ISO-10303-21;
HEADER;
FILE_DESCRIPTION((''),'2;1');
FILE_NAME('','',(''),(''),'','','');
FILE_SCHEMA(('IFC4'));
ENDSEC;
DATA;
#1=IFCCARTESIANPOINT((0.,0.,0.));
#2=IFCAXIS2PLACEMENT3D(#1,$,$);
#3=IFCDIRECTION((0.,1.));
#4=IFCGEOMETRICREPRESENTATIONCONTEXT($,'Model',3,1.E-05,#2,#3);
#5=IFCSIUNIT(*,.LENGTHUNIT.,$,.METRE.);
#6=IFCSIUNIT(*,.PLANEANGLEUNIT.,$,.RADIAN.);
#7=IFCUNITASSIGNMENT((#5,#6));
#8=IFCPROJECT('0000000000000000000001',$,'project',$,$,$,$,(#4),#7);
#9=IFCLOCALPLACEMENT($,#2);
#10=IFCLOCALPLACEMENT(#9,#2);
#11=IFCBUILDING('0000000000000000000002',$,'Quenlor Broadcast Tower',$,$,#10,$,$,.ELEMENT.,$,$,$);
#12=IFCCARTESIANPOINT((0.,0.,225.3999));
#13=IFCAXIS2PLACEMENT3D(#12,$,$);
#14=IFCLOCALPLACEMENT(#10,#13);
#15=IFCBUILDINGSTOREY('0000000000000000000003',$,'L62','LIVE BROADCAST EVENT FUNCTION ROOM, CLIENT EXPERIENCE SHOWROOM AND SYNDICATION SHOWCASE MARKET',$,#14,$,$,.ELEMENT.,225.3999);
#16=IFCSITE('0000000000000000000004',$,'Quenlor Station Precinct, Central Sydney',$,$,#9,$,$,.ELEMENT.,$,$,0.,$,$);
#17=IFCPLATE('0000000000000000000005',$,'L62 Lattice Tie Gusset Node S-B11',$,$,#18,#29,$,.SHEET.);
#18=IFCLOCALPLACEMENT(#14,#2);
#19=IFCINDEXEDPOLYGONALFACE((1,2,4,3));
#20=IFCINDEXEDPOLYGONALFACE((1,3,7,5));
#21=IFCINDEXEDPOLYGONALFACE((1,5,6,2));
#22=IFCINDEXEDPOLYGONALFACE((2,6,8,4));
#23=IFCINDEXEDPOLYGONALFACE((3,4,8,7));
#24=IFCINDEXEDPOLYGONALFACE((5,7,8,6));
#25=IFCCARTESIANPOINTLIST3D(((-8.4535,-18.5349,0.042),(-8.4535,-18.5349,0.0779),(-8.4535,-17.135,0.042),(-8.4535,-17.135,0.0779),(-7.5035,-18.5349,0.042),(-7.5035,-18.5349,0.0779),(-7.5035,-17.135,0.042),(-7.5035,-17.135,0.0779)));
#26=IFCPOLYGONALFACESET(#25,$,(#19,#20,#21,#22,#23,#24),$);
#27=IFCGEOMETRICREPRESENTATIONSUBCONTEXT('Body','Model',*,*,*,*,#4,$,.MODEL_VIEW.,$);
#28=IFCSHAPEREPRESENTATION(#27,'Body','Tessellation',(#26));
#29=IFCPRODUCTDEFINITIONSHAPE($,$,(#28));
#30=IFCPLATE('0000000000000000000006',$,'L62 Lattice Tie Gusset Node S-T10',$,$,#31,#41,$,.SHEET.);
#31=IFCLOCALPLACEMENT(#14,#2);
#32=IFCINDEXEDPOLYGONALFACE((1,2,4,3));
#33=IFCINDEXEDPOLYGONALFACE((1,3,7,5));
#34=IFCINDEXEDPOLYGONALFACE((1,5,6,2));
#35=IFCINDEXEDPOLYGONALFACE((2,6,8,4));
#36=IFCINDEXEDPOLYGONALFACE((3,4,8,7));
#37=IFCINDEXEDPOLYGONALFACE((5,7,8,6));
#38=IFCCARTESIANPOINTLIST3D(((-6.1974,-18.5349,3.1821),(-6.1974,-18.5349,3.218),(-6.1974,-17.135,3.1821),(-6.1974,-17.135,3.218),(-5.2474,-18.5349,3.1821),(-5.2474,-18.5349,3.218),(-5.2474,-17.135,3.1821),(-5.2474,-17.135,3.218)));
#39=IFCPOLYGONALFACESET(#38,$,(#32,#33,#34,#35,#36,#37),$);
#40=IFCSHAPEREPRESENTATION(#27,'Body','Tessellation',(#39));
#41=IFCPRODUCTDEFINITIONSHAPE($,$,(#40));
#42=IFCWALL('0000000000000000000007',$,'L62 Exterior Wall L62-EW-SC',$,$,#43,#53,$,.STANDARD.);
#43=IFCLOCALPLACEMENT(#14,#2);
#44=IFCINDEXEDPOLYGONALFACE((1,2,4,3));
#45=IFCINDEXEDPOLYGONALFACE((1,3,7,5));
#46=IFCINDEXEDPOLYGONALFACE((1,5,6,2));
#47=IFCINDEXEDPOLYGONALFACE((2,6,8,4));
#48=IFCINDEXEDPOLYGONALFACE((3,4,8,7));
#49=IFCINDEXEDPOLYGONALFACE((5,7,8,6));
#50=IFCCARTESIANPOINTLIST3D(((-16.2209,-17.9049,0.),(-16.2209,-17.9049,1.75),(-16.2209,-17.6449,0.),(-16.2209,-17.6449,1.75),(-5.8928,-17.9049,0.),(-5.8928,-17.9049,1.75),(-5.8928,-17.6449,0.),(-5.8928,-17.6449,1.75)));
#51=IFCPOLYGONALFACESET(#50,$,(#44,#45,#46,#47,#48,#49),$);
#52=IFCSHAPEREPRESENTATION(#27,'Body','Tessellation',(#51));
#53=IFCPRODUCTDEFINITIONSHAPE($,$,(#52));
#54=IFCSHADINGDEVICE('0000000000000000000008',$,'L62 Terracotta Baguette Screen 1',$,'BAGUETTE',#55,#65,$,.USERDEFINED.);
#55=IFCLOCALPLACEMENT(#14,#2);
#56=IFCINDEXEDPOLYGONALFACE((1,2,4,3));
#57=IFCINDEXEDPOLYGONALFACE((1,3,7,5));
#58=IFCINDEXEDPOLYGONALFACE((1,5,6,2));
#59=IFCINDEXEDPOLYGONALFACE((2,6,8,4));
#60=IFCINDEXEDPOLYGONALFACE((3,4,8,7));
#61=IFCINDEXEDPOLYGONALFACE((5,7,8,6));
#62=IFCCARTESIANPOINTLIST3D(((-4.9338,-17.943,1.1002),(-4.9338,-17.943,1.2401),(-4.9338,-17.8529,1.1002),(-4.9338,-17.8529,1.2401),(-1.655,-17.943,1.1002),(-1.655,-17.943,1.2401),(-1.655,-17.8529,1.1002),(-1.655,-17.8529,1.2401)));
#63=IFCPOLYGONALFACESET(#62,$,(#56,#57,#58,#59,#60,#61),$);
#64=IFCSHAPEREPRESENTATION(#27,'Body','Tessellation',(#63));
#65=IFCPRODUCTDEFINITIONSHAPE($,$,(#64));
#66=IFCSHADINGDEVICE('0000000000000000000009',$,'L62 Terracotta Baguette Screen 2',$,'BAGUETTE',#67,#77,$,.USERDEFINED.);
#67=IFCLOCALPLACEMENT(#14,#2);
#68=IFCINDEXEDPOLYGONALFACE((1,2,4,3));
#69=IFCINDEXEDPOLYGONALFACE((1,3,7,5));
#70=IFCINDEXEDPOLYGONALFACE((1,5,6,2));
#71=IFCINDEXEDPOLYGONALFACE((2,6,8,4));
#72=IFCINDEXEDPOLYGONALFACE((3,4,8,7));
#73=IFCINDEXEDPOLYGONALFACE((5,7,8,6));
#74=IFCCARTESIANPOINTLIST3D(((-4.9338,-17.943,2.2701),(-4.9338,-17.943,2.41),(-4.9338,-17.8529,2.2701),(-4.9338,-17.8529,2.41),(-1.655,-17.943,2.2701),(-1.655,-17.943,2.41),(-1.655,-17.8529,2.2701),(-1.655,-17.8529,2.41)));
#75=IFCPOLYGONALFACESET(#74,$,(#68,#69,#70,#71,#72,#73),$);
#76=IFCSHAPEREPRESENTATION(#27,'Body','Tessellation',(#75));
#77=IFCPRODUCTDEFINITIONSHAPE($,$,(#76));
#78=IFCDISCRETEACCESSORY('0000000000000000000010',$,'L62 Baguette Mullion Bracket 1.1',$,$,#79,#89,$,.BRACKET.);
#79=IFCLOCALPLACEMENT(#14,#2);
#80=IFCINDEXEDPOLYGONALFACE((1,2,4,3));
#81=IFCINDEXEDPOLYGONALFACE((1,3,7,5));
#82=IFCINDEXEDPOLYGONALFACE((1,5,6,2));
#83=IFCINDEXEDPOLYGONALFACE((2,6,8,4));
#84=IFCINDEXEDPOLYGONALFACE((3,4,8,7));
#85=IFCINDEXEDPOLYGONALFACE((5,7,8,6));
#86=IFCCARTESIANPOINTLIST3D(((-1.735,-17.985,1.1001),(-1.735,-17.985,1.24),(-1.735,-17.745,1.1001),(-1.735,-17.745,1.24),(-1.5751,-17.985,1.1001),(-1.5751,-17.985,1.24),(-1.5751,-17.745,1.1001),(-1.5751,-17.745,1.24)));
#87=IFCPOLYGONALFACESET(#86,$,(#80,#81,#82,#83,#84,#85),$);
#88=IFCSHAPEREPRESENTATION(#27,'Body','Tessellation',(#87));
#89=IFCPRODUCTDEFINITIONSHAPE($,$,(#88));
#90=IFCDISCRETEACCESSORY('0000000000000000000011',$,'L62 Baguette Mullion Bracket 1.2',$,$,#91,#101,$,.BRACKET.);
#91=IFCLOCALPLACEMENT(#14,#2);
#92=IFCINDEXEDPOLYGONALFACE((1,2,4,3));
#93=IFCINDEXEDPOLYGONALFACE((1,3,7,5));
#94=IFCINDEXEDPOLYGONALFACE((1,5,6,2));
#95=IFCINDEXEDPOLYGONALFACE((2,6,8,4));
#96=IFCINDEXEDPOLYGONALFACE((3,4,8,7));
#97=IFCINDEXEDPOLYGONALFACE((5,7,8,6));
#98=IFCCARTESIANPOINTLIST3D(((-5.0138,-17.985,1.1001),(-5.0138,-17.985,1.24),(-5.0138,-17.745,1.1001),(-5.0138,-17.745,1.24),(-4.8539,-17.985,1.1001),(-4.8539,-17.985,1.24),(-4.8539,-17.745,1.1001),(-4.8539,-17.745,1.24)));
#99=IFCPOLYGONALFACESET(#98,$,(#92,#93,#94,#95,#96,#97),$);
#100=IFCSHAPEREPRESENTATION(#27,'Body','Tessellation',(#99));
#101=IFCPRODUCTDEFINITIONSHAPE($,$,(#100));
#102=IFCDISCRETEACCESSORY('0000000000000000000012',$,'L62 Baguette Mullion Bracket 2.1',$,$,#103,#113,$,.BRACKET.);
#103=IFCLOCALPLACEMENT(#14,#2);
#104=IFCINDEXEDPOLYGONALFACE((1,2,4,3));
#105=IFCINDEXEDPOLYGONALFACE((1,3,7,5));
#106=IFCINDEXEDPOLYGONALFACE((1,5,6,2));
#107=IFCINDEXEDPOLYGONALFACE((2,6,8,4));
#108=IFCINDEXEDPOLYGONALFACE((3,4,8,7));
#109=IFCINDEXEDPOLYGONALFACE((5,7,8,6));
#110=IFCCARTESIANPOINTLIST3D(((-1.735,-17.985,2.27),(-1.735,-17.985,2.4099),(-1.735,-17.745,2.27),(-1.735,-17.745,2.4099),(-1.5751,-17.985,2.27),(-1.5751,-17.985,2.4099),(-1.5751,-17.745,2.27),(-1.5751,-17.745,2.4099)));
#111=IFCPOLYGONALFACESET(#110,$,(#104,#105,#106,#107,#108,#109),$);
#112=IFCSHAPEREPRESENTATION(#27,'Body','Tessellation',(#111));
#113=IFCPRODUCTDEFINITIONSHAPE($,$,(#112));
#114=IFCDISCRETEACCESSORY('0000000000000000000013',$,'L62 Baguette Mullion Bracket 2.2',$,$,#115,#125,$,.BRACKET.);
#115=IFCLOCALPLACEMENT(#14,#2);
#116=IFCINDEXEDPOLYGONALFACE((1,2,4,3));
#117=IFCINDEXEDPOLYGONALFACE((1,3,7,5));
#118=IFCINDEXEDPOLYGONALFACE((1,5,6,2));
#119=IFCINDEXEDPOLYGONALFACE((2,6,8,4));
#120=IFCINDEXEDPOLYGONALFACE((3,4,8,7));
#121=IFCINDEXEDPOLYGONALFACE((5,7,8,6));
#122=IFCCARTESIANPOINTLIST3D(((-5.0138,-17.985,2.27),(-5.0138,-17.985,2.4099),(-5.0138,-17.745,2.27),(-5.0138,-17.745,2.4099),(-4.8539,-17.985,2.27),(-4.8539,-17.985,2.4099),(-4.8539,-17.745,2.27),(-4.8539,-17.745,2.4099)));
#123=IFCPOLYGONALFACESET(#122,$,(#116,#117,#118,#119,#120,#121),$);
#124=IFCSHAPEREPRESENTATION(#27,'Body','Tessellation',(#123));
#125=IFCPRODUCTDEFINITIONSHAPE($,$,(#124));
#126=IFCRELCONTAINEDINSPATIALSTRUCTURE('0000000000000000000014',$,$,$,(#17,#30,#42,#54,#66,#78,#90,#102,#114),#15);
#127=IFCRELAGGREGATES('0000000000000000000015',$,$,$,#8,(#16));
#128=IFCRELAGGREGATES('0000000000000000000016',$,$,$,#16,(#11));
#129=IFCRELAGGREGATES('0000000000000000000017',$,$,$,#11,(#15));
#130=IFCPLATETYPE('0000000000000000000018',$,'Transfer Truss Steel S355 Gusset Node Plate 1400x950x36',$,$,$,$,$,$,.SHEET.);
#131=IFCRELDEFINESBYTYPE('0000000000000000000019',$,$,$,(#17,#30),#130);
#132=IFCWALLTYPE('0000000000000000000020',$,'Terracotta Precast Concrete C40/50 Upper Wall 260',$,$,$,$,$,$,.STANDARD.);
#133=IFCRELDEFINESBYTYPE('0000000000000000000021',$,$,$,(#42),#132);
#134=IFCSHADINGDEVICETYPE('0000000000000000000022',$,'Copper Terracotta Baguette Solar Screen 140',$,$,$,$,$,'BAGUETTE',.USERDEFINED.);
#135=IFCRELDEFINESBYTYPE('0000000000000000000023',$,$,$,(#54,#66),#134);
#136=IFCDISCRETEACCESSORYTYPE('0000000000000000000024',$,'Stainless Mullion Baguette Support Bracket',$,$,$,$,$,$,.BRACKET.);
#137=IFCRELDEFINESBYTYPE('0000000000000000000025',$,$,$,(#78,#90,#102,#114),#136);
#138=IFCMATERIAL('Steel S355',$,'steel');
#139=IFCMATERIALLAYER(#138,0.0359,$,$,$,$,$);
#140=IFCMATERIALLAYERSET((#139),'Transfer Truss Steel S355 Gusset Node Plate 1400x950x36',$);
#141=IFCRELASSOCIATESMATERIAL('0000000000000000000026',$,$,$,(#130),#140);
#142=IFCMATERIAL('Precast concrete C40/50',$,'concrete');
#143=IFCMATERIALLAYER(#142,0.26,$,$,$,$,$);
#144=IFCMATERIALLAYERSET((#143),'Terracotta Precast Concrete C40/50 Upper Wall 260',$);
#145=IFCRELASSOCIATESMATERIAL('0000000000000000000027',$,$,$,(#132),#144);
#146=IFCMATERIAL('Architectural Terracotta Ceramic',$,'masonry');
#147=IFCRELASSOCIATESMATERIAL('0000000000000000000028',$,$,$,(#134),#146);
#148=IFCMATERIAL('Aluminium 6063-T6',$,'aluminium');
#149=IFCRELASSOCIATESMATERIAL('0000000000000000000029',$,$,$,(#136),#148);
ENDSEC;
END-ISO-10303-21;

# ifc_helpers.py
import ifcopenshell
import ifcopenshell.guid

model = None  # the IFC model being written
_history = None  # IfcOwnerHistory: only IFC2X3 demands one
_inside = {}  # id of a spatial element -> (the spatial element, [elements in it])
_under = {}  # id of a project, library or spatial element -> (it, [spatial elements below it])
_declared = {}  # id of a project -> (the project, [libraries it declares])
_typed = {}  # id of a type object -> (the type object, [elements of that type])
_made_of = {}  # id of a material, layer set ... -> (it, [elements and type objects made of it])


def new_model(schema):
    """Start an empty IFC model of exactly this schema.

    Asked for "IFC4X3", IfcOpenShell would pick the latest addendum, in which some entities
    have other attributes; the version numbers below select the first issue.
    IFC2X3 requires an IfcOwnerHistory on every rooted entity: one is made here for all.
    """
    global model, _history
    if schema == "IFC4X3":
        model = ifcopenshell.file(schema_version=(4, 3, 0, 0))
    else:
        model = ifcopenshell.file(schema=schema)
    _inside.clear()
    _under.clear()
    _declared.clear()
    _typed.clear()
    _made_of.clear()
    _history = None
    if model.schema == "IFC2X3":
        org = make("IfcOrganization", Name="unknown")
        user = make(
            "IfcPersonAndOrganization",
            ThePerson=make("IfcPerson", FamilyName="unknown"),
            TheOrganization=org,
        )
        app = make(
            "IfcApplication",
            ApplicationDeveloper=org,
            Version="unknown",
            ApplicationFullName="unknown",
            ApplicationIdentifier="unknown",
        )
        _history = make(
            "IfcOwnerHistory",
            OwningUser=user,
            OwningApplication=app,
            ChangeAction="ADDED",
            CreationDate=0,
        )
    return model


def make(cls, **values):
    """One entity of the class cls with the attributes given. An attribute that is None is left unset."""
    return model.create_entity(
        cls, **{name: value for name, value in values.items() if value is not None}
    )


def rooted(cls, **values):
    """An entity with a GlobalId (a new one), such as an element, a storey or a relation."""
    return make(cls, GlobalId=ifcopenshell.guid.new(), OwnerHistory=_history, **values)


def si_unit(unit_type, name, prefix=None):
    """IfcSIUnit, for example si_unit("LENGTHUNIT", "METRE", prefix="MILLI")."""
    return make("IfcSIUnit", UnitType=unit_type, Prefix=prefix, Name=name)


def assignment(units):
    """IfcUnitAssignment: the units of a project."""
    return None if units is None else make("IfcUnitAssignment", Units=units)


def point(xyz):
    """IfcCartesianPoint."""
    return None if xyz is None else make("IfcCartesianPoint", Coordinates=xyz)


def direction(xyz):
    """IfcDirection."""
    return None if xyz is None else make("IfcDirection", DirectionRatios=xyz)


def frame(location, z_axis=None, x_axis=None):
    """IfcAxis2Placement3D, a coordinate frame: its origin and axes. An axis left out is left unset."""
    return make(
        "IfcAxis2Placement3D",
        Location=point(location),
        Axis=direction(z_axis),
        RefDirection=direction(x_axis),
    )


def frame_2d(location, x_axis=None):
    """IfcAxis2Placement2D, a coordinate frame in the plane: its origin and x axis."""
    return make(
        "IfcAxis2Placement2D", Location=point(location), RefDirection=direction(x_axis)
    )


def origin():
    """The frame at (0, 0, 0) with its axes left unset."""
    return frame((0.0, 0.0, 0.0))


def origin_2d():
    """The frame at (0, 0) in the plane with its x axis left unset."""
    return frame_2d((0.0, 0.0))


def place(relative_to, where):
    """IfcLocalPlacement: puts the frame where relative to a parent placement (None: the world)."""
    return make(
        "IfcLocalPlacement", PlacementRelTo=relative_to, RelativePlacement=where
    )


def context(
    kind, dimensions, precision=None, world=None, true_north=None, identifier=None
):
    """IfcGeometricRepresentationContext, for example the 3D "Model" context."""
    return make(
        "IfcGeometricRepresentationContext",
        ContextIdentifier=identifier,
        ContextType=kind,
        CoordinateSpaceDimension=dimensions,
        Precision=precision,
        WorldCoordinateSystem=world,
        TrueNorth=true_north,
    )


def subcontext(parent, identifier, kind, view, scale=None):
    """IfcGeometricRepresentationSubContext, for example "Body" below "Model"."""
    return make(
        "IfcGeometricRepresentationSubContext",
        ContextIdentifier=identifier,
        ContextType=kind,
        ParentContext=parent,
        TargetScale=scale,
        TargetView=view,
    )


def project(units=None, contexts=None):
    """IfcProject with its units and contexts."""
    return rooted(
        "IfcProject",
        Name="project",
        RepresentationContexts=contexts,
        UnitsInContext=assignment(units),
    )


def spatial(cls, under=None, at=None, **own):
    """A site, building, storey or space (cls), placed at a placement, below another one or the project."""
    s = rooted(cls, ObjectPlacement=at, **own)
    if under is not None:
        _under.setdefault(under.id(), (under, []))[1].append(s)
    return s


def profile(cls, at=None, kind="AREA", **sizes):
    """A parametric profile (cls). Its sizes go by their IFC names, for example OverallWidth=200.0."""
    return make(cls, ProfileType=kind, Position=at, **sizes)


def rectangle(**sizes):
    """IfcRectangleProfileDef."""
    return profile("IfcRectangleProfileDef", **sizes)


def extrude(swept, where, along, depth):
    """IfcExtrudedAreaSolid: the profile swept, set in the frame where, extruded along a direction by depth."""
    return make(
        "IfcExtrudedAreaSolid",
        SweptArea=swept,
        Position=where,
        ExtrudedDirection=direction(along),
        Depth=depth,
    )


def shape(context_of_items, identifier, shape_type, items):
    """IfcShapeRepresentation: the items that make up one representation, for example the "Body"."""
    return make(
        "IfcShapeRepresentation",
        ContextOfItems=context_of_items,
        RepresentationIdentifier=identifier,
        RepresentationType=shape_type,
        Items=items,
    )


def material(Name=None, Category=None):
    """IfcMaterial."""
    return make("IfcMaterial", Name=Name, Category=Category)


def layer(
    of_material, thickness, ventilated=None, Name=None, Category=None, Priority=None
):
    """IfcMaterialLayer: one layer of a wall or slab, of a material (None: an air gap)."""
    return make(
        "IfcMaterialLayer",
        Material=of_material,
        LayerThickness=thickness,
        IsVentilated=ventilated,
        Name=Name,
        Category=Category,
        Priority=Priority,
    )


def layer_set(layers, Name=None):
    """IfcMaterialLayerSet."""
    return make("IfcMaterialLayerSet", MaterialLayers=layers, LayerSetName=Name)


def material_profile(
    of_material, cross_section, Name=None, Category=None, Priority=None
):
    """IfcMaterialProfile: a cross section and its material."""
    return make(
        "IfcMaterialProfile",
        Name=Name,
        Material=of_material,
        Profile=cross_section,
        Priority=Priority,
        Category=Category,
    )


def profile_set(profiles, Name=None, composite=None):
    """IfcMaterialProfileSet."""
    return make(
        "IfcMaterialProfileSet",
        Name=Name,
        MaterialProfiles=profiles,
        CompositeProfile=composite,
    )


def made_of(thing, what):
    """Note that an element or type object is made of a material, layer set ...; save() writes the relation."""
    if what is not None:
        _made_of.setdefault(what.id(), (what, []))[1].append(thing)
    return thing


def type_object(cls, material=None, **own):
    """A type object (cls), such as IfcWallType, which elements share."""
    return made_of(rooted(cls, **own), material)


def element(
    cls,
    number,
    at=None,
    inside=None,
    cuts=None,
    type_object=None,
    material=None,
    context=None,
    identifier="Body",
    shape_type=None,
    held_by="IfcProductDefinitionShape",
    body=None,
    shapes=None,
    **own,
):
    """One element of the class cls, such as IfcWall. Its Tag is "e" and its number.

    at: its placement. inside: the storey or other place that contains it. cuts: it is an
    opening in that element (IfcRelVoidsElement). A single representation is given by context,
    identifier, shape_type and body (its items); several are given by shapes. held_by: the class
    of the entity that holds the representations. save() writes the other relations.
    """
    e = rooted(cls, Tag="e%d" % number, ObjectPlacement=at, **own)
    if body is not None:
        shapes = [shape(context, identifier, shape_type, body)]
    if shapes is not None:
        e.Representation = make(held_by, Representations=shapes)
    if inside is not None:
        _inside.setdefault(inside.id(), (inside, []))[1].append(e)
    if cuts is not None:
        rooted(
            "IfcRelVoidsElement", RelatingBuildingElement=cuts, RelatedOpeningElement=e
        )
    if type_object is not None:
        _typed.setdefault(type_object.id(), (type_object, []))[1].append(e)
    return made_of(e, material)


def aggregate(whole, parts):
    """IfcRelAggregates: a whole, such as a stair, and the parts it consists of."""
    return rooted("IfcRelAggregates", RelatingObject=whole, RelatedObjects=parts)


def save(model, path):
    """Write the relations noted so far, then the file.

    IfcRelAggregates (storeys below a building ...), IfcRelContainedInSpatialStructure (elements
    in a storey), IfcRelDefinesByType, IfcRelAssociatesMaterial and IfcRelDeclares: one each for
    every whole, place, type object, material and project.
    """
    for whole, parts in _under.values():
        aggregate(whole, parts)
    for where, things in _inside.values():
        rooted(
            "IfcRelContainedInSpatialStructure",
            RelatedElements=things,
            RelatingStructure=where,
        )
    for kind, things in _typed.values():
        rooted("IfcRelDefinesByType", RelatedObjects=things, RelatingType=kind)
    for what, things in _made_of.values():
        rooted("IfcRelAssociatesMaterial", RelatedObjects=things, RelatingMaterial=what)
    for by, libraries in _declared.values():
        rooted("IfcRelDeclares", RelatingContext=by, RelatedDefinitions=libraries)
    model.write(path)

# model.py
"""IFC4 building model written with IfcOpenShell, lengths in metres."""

from ifc_helpers import new_model, si_unit, direction, frame, frame_2d, origin, origin_2d, place, context, subcontext, project, spatial, rectangle, extrude, material, layer, layer_set, material_profile, profile_set, type_object, element, save


model = new_model("IFC4")

# Units and contexts
model_context = context("Model", 3, precision=1e-05, world=origin(), true_north=direction((0.0, 1.0)))
body_context = subcontext(model_context, "Body", "Model", "MODEL_VIEW")
ifc_project = project(units=[si_unit("LENGTHUNIT", "METRE"), si_unit("PLANEANGLEUNIT", "RADIAN")], contexts=[model_context])

# Site, building, storey
site_placement = place(None, origin())
site = spatial("IfcSite", under=ifc_project, at=site_placement, Name="Quenlor Station Precinct, Central Sydney", CompositionType="ELEMENT", RefElevation=0.0)
building_placement = place(site_placement, origin())
building = spatial("IfcBuilding", under=site, at=building_placement, Name="Quenlor Broadcast Tower", CompositionType="ELEMENT")
storey_placement = place(building_placement, frame((0.0, 0.0, 225.3999)))
storey = spatial("IfcBuildingStorey", under=building, at=storey_placement, Name="L62", Description="LIVE BROADCAST EVENT FUNCTION ROOM, CLIENT EXPERIENCE SHOWROOM AND SYNDICATION SHOWCASE MARKET", CompositionType="ELEMENT", Elevation=225.3999)

# Plates
ifc_material_1 = material(Name="Steel S355", Category="steel")
ifc_layer_1 = layer(ifc_material_1, 0.0359)
ifc_layer_set_1 = layer_set([ifc_layer_1], Name="Transfer Truss Steel S355 Gusset Node Plate 1400x950x36")
plate_type_1 = type_object("IfcPlateType", Name="Transfer Truss Steel S355 Gusset Node Plate 1400x950x36", PredefinedType="SHEET", material=ifc_layer_set_1)
for number, where, z_axis, x_axis, name in (
    (1, (-7.9785, -17.835, 0.042), (0.0, 0.0, 1.0), (0.0, -1.0, 0.0), "L62 Lattice Tie Gusset Node S-B11"),
    (2, (-5.7224, -17.835, 3.1821), (0.0, 0.0, 1.0), (0.0, -1.0, 0.0), "L62 Lattice Tie Gusset Node S-T10"),
):
    element("IfcPlate", number, at=place(storey_placement, frame(where, z_axis=z_axis, x_axis=x_axis)), inside=storey, type_object=plate_type_1, Name=name, PredefinedType="SHEET", context=body_context, shape_type="SweptSolid", body=[
        extrude(rectangle(XDim=1.3999, YDim=0.95, at=origin_2d()), origin(), (0.0, 0.0, 1.0), 0.0359),
    ])

# Wall
ifc_material_2 = material(Name="Precast concrete C40/50", Category="concrete")
ifc_layer_2 = layer(ifc_material_2, 0.26)
ifc_layer_set_2 = layer_set([ifc_layer_2], Name="Terracotta Precast Concrete C40/50 Upper Wall 260")
wall_type = type_object("IfcWallType", Name="Terracotta Precast Concrete C40/50 Upper Wall 260", PredefinedType="STANDARD", material=ifc_layer_set_2)
wall_placement = place(storey_placement, frame((-5.8928, -17.7749, 0.0), z_axis=(0.0, 0.0, 1.0), x_axis=(-1.0, 0.0, 0.0)))
element("IfcWall", 3, at=wall_placement, inside=storey, type_object=wall_type, Name="L62 Exterior Wall L62-EW-SC", PredefinedType="STANDARD", context=body_context, shape_type="SweptSolid", body=[
    extrude(rectangle(XDim=10.3281, YDim=0.26, at=frame_2d((5.1641, 0.0))), origin(), (0.0, 0.0, 1.0), 1.75),
])

# Shading devices
ifc_material_3 = material(Name="Architectural Terracotta Ceramic", Category="masonry")
ifc_material_profile_1 = material_profile(ifc_material_3, rectangle(XDim=0.0901, YDim=0.1399, at=origin_2d()))
ifc_profile_set_1 = profile_set([ifc_material_profile_1], Name="Architectural Terracotta Ceramic BAG90x140")
shading_device_type = type_object("IfcShadingDeviceType", Name="Copper Terracotta Baguette Solar Screen 140", ElementType="BAGUETTE", PredefinedType="USERDEFINED", material=ifc_profile_set_1)
for number, where, z_axis, x_axis, name in (
    (4, (-1.655, -17.8979, 1.1702), (-1.0, 0.0, 0.0), (0.0, -1.0, 0.0), "L62 Terracotta Baguette Screen 1"),
    (5, (-1.655, -17.8979, 2.3401), (-1.0, 0.0, 0.0), (0.0, -1.0, 0.0), "L62 Terracotta Baguette Screen 2"),
):
    element("IfcShadingDevice", number, at=place(storey_placement, frame(where, z_axis=z_axis, x_axis=x_axis)), inside=storey, type_object=shading_device_type, Name=name, ObjectType="BAGUETTE", PredefinedType="USERDEFINED", context=body_context, shape_type="SweptSolid", body=[
        extrude(rectangle(XDim=0.0901, YDim=0.1399, at=origin_2d()), origin(), (0.0, 0.0, 1.0), 3.2788),
    ])

# Discrete accessories
ifc_material_4 = material(Name="Aluminium 6063-T6", Category="aluminium")
discrete_accessory_type = type_object("IfcDiscreteAccessoryType", Name="Stainless Mullion Baguette Support Bracket", PredefinedType="BRACKET", material=ifc_material_4)
for number, where, z_axis, x_axis, name in (
    (6, (-1.655, -17.865, 1.1001), (0.0, 0.0, 1.0), (-1.0, 0.0, 0.0), "L62 Baguette Mullion Bracket 1.1"),
    (7, (-4.9338, -17.865, 1.1001), (0.0, 0.0, 1.0), (-1.0, 0.0, 0.0), "L62 Baguette Mullion Bracket 1.2"),
    (8, (-1.655, -17.865, 2.27), (0.0, 0.0, 1.0), (-1.0, 0.0, 0.0), "L62 Baguette Mullion Bracket 2.1"),
    (9, (-4.9338, -17.865, 2.27), (0.0, 0.0, 1.0), (-1.0, 0.0, 0.0), "L62 Baguette Mullion Bracket 2.2"),
):
    element("IfcDiscreteAccessory", number, at=place(storey_placement, frame(where, z_axis=z_axis, x_axis=x_axis)), inside=storey, type_object=discrete_accessory_type, Name=name, PredefinedType="BRACKET", context=body_context, shape_type="SweptSolid", body=[
        extrude(rectangle(XDim=0.1599, YDim=0.24, at=origin_2d()), origin(), (0.0, 0.0, 1.0), 0.1399),
    ])

save(model, "model.ifc")
